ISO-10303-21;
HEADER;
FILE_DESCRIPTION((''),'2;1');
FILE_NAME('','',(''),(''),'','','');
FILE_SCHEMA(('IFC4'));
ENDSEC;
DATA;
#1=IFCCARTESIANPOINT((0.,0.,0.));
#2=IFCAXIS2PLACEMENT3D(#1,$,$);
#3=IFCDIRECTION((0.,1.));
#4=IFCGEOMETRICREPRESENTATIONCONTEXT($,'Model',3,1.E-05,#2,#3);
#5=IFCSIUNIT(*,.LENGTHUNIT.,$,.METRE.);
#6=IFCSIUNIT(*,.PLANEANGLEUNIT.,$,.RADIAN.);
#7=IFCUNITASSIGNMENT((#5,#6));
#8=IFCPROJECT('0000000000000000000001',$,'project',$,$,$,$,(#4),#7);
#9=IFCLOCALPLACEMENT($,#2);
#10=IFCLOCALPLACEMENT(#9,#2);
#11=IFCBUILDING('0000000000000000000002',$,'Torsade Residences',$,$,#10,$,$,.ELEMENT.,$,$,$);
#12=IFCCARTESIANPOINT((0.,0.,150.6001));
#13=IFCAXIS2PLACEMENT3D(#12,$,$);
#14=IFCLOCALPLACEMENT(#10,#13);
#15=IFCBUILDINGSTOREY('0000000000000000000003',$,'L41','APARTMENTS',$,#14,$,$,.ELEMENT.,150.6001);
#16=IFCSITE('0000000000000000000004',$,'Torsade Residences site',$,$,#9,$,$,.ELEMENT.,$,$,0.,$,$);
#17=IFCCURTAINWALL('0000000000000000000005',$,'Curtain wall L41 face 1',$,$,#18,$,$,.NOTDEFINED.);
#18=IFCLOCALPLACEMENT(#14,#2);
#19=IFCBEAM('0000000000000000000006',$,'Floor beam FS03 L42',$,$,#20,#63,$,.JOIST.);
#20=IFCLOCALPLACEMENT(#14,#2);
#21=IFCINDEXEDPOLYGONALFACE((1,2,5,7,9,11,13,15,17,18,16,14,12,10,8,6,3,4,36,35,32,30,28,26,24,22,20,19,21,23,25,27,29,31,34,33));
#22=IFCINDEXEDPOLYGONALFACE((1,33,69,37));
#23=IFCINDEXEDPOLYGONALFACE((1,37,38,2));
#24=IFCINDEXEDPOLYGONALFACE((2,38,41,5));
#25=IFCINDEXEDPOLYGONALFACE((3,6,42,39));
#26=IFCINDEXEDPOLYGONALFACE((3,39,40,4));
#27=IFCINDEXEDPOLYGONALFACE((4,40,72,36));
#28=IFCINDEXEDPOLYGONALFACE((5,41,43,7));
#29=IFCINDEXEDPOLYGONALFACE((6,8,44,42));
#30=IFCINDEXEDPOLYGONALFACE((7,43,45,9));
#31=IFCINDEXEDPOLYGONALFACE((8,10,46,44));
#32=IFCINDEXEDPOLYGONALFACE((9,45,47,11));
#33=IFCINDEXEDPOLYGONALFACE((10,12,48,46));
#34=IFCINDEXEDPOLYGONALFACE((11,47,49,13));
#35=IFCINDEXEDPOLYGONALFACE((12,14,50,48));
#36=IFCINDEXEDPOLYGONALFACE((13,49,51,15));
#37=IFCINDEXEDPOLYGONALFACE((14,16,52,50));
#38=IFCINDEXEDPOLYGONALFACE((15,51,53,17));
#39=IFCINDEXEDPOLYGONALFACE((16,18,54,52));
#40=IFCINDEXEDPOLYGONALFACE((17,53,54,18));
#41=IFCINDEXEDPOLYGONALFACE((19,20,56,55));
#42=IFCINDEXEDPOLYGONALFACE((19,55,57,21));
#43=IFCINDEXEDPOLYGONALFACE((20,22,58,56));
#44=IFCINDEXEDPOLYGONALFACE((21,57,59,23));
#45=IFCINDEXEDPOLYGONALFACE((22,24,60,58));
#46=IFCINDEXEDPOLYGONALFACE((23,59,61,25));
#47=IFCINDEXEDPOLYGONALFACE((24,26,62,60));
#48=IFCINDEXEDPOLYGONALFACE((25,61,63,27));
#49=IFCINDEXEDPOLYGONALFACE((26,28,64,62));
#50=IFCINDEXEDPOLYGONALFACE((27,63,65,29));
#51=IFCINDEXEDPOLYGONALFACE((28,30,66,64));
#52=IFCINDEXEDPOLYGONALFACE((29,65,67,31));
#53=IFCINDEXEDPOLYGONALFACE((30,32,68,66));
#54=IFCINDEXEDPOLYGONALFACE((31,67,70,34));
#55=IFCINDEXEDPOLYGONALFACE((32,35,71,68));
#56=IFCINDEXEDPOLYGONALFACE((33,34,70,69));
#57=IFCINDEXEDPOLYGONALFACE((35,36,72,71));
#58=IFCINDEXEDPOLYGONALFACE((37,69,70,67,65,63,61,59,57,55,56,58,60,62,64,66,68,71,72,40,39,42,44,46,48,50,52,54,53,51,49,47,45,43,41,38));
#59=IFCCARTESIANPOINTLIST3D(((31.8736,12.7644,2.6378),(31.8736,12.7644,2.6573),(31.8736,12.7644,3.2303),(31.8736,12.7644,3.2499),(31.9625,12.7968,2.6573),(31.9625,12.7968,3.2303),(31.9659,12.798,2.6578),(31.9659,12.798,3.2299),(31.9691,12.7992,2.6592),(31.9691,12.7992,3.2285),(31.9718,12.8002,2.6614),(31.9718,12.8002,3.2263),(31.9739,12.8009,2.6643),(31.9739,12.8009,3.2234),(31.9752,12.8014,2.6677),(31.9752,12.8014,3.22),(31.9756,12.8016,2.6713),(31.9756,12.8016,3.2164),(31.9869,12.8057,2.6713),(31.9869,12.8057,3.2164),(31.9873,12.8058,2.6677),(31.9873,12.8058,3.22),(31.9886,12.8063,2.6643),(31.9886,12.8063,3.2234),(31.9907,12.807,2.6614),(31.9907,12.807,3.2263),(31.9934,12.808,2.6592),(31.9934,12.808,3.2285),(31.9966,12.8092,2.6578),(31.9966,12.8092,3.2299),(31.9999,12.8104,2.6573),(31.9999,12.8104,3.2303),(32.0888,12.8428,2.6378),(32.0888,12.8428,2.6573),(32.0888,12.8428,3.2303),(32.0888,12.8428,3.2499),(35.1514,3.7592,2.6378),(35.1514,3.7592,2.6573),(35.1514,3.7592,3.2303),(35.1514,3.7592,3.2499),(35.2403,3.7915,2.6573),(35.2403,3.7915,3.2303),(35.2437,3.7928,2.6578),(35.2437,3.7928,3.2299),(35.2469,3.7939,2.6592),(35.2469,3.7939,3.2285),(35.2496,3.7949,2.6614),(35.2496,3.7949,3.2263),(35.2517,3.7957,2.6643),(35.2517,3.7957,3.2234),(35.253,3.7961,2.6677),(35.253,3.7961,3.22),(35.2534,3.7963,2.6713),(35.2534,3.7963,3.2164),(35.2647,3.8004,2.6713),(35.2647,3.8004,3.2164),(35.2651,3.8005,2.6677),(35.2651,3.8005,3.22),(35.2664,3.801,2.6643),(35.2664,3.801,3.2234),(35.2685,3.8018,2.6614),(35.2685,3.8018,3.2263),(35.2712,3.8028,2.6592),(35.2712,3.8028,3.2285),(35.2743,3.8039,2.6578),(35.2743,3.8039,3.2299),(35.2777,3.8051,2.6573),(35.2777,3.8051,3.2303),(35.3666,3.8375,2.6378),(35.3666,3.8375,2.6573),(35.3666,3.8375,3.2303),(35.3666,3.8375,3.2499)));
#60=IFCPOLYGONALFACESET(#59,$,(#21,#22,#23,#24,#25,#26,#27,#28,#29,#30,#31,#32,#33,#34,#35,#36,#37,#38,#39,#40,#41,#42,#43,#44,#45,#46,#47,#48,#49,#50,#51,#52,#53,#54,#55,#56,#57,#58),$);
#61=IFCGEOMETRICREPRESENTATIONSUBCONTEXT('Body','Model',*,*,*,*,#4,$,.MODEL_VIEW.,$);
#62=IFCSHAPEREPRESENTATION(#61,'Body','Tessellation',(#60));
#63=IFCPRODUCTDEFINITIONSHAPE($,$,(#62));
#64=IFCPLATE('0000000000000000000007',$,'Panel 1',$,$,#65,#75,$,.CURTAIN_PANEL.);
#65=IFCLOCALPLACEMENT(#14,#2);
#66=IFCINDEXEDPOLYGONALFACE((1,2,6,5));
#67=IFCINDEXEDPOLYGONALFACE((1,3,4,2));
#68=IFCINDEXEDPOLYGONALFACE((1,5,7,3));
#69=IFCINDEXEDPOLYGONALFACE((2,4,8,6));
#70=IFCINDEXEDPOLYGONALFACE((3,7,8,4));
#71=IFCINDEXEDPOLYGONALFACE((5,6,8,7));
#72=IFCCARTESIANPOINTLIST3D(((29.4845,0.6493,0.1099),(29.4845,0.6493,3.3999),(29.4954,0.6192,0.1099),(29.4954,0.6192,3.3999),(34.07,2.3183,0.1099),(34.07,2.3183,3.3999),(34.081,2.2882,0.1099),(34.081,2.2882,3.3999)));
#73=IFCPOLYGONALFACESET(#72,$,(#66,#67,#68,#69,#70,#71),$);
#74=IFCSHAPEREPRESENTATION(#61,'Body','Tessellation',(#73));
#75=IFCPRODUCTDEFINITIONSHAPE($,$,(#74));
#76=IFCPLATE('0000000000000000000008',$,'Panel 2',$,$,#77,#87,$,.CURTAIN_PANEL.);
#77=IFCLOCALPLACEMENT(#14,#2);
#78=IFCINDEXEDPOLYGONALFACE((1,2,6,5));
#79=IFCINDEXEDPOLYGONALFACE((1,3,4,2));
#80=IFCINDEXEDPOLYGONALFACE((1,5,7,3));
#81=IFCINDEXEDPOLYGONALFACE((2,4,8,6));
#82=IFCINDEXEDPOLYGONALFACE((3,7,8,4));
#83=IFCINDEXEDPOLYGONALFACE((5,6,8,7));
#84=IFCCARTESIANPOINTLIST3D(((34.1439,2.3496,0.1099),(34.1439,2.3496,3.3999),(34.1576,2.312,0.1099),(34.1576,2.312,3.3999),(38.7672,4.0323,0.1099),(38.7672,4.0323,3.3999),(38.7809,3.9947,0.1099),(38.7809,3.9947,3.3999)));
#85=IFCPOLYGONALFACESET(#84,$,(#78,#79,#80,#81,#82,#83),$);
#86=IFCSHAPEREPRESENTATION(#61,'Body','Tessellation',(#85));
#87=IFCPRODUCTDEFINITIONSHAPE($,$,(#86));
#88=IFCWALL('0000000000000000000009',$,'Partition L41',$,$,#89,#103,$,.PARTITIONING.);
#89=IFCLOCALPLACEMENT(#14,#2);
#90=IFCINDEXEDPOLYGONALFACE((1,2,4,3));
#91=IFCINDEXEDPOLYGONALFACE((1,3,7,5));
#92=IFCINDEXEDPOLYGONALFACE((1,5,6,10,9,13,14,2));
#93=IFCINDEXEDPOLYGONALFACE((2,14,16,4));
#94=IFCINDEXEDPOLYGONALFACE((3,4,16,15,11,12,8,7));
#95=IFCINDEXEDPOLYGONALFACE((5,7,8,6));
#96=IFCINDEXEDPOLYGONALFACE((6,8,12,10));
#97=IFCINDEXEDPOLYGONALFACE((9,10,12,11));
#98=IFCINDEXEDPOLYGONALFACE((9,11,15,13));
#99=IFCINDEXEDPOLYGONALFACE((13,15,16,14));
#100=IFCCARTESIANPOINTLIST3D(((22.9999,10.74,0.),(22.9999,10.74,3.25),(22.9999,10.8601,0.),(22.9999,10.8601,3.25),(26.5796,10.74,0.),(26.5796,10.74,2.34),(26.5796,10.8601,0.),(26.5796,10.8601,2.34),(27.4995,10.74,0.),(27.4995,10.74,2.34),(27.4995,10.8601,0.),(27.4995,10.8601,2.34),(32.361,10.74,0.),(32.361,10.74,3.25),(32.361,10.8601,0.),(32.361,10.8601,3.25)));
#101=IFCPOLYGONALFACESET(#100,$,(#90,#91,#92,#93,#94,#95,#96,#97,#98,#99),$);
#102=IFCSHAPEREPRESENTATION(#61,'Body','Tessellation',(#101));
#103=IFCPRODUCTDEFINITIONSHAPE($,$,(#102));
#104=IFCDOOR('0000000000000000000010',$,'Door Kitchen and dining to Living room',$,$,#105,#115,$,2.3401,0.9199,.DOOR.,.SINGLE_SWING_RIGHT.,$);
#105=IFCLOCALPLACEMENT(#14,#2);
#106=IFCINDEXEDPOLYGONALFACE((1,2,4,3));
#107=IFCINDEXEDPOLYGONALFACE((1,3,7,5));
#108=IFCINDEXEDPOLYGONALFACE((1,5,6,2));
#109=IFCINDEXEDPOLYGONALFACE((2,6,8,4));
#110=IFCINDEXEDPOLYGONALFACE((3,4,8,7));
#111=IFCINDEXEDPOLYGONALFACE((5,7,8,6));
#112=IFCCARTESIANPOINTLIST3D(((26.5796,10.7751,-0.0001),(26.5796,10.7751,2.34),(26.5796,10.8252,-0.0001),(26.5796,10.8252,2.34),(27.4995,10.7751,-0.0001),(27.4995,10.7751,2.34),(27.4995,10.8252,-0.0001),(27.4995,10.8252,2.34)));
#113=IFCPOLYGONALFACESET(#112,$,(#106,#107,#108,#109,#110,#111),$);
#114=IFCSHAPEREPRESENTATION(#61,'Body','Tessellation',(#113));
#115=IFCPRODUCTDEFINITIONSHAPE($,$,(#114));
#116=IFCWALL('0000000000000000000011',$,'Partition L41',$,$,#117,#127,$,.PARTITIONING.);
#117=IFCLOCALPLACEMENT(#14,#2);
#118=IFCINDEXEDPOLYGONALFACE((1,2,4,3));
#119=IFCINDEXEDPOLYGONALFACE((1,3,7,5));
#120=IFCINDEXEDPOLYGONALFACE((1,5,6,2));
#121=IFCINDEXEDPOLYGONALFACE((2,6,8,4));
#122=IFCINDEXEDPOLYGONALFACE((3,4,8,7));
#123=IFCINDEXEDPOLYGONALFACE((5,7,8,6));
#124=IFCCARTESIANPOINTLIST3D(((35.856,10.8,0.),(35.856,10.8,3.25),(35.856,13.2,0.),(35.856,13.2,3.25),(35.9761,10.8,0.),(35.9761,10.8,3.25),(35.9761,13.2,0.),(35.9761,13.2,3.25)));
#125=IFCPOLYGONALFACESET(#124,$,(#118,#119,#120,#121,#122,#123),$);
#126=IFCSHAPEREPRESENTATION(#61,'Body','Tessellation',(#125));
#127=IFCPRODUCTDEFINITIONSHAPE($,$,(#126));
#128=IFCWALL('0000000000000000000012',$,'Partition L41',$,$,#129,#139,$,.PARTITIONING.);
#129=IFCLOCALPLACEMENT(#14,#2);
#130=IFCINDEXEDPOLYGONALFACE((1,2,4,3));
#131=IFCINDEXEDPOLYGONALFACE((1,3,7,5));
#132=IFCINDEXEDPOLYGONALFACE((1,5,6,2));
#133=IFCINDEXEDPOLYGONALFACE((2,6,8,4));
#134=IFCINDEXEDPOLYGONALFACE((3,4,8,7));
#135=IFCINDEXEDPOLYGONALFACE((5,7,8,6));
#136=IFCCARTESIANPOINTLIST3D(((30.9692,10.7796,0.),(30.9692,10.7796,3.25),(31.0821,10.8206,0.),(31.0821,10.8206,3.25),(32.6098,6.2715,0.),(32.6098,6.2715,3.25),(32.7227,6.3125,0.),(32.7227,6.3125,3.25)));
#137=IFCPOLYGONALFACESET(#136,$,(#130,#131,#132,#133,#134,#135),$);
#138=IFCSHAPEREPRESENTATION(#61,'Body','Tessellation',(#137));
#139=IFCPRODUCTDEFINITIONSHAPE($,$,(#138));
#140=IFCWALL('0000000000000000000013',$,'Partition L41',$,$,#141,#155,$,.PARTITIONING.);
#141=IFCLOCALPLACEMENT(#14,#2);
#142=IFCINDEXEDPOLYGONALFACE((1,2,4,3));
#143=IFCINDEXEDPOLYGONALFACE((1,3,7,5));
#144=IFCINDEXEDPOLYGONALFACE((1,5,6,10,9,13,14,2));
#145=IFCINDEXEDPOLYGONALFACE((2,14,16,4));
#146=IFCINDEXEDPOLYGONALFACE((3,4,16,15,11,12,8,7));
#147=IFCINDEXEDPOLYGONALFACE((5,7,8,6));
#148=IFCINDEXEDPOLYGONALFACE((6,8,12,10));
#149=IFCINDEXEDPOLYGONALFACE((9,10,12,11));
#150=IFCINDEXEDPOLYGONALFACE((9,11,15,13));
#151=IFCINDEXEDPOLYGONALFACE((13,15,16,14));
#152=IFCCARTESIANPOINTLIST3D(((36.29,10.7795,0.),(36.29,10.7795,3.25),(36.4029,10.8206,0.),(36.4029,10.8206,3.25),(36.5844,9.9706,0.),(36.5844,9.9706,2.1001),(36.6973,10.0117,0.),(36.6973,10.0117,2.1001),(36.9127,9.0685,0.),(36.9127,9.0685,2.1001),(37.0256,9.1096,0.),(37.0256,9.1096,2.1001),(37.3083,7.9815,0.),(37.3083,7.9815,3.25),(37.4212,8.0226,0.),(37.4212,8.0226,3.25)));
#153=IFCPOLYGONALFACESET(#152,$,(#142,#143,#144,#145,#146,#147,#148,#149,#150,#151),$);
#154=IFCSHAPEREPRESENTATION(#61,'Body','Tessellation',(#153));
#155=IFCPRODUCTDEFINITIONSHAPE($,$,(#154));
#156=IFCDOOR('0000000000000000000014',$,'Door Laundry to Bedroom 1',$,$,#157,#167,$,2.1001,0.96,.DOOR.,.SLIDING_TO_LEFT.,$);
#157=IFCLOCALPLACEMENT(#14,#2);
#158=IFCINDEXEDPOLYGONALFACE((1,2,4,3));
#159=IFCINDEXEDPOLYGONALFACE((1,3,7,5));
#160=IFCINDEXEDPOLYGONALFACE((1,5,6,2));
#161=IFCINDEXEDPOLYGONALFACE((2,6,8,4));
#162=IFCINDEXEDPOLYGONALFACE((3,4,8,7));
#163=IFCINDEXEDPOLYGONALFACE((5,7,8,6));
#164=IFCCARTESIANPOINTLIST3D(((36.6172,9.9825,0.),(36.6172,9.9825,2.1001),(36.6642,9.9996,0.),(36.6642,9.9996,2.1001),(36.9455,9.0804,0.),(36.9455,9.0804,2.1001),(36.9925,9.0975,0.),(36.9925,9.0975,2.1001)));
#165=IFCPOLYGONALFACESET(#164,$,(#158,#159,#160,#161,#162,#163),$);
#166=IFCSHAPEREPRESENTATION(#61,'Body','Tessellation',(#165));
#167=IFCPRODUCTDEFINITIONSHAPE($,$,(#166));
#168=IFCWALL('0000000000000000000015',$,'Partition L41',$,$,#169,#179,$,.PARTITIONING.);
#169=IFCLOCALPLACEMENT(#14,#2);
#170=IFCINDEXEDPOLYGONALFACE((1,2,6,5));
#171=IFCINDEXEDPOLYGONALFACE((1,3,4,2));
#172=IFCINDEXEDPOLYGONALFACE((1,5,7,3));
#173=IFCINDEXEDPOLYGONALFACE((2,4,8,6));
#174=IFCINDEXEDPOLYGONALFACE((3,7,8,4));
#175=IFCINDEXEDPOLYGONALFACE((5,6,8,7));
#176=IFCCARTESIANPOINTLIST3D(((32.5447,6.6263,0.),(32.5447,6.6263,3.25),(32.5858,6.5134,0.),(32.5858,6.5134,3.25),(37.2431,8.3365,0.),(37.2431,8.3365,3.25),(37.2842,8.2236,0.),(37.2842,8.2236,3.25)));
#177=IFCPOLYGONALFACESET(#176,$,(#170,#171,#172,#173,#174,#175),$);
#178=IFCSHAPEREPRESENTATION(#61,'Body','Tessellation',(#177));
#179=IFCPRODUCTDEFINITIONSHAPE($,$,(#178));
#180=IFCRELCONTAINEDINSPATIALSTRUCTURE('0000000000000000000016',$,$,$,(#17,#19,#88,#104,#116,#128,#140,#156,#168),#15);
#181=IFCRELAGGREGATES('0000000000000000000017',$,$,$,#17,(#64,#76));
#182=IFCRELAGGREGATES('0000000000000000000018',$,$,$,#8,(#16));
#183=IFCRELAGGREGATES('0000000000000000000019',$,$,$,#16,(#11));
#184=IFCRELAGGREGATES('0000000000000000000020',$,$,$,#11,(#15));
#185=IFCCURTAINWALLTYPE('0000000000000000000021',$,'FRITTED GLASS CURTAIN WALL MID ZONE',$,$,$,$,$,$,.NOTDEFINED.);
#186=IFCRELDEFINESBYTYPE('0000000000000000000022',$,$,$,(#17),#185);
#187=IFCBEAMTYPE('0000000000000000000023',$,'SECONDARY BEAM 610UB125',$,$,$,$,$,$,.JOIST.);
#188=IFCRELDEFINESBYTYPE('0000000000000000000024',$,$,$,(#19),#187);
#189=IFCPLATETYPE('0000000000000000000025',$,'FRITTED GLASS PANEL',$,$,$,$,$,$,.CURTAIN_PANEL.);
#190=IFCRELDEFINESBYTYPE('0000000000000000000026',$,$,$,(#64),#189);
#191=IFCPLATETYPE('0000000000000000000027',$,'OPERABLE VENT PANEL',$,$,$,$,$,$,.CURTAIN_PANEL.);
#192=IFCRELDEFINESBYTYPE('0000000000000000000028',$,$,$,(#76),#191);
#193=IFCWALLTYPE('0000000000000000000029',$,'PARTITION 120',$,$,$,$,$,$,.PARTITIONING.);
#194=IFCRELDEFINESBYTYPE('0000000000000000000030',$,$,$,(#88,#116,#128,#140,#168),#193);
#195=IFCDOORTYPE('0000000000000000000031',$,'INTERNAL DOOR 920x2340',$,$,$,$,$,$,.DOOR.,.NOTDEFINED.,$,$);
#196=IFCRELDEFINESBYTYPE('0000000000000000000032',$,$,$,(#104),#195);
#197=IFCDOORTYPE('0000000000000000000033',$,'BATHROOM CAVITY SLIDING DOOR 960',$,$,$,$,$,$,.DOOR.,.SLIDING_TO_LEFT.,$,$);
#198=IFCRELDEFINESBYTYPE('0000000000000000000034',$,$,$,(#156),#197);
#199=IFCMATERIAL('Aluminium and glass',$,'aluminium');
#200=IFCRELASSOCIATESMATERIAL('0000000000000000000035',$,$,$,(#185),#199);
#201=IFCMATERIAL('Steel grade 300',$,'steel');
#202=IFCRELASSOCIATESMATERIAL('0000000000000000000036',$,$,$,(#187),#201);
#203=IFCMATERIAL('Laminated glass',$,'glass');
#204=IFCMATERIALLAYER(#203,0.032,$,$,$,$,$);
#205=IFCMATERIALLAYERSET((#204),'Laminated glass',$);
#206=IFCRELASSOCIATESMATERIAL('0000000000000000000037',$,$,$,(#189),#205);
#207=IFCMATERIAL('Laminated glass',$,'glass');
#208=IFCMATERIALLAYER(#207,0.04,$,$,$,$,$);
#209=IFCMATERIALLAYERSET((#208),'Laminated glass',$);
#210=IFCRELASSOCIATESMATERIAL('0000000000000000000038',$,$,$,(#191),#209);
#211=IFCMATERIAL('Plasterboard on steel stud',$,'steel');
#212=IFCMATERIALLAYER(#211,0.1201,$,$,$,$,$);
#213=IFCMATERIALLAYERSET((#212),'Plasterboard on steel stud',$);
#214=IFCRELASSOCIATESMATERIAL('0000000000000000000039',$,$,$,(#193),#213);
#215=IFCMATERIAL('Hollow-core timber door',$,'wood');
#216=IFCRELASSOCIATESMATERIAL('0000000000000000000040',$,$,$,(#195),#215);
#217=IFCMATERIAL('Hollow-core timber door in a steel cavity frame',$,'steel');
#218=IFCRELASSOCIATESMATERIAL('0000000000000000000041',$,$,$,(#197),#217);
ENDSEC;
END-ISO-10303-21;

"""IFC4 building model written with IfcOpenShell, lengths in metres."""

from ifc_helpers import new_model, si_unit, direction, frame, frame_2d, origin, origin_2d, place, context, subcontext, project, spatial, rectangle, i_section, extrude, material, layer, layer_set, material_profile, profile_set, type_object, element, fill, aggregate, save


model = new_model("IFC4")

# Units and contexts
model_context = context("Model", 3, precision=1e-05, world=origin(), true_north=direction((0.0, 1.0)))
body_context = subcontext(model_context, "Body", "Model", "MODEL_VIEW")
ifc_project = project(units=[si_unit("LENGTHUNIT", "METRE"), si_unit("PLANEANGLEUNIT", "RADIAN")], contexts=[model_context])

# Site, building, storey
site_placement = place(None, origin())
site = spatial("IfcSite", under=ifc_project, at=site_placement, Name="Torsade Residences site", CompositionType="ELEMENT", RefElevation=0.0)
building_placement = place(site_placement, origin())
building = spatial("IfcBuilding", under=site, at=building_placement, Name="Torsade Residences", CompositionType="ELEMENT")
storey_placement = place(building_placement, frame((0.0, 0.0, 150.6001)))
storey = spatial("IfcBuildingStorey", under=building, at=storey_placement, Name="L41", Description="APARTMENTS", CompositionType="ELEMENT", Elevation=150.6001)

# Curtain wall
ifc_material_1 = material(Name="Aluminium and glass", Category="aluminium")
curtain_wall_type = type_object("IfcCurtainWallType", Name="FRITTED GLASS CURTAIN WALL MID ZONE", PredefinedType="NOTDEFINED", material=ifc_material_1)
curtain_wall_placement = place(storey_placement, origin())
curtain_wall = element("IfcCurtainWall", 1, at=curtain_wall_placement, inside=storey, type_object=curtain_wall_type, Name="Curtain wall L41 face 1", PredefinedType="NOTDEFINED")

# Beam
ifc_material_2 = material(Name="Steel grade 300", Category="steel")
ifc_material_profile_1 = material_profile(ifc_material_2, i_section(OverallWidth=0.229, OverallDepth=0.6121, WebThickness=0.012, FlangeThickness=0.0195, FilletRadius=0.0139, at=origin_2d()), Name="610UB125")
ifc_profile_set_1 = profile_set([ifc_material_profile_1], Name="Steel grade 300")
beam_type_1 = type_object("IfcBeamType", Name="SECONDARY BEAM 610UB125", PredefinedType="JOIST", material=ifc_profile_set_1)
beam_1_placement = place(storey_placement, frame((35.259, 3.7983, 2.9438), z_axis=(-0.342034, 0.939688, 0.0), x_axis=(-0.939688, -0.342034, 0.0)))
element("IfcBeam", 2, at=beam_1_placement, inside=storey, type_object=beam_type_1, Name="Floor beam FS03 L42", PredefinedType="JOIST", context=body_context, shape_type="SweptSolid", body=[
    extrude(i_section(OverallWidth=0.229, OverallDepth=0.6121, WebThickness=0.012, FlangeThickness=0.0195, FilletRadius=0.0139, at=origin_2d()), origin(), (0.0, 0.0, 1.0), 9.5833),
])

# Plates
ifc_material_3 = material(Name="Laminated glass", Category="glass")
ifc_layer_1 = layer(ifc_material_3, 0.032)
ifc_layer_set_1 = layer_set([ifc_layer_1], Name="Laminated glass")
plate_type_1 = type_object("IfcPlateType", Name="FRITTED GLASS PANEL", PredefinedType="CURTAIN_PANEL", material=ifc_layer_set_1)
plate_1_placement = place(storey_placement, frame((31.7827, 1.4688, 0.1099), z_axis=(0.0, 0.0, 1.0), x_axis=(0.939693, 0.34202, 0.0)))
plate_1 = element("IfcPlate", 3, at=plate_1_placement, type_object=plate_type_1, Name="Panel 1", PredefinedType="CURTAIN_PANEL", context=body_context, shape_type="SweptSolid", body=[
    extrude(rectangle(XDim=4.8799, YDim=0.032, at=origin_2d()), origin(), (0.0, 0.0, 1.0), 3.29),
])
ifc_material_4 = material(Name="Laminated glass", Category="glass")
ifc_layer_2 = layer(ifc_material_4, 0.04)
ifc_layer_set_2 = layer_set([ifc_layer_2], Name="Laminated glass")
plate_type_2 = type_object("IfcPlateType", Name="OPERABLE VENT PANEL", PredefinedType="CURTAIN_PANEL", material=ifc_layer_set_2)
plate_2_placement = place(storey_placement, frame((36.4624, 3.1721, 0.1099), z_axis=(0.0, 0.0, 1.0), x_axis=(0.939693, 0.34202, 0.0)))
plate_2 = element("IfcPlate", 4, at=plate_2_placement, type_object=plate_type_2, Name="Panel 2", PredefinedType="CURTAIN_PANEL", context=body_context, shape_type="SweptSolid", body=[
    extrude(rectangle(XDim=4.9199, YDim=0.04, at=origin_2d()), origin(), (0.0, 0.0, 1.0), 3.29),
])
aggregate(curtain_wall, [plate_1, plate_2])

# Wall, opening, door
ifc_material_5 = material(Name="Plasterboard on steel stud", Category="steel")
ifc_layer_3 = layer(ifc_material_5, 0.1201)
ifc_layer_set_3 = layer_set([ifc_layer_3], Name="Plasterboard on steel stud")
wall_type_1 = type_object("IfcWallType", Name="PARTITION 120", PredefinedType="PARTITIONING", material=ifc_layer_set_3)
wall_1_placement = place(storey_placement, frame((32.3611, 10.8, 0.0), z_axis=(0.0, 0.0, 1.0), x_axis=(-1.0, 0.0, 0.0)))
wall_1 = element("IfcWall", 5, at=wall_1_placement, inside=storey, type_object=wall_type_1, Name="Partition L41", PredefinedType="PARTITIONING", context=body_context, shape_type="SweptSolid", body=[
    extrude(rectangle(XDim=9.3611, YDim=0.1201, at=frame_2d((4.6807, 0.0))), origin(), (0.0, 0.0, 1.0), 3.25),
])
opening_1_placement = place(wall_1_placement, frame((4.8616, 0.0, 0.0)))
opening_1 = element("IfcOpeningElement", 6, at=opening_1_placement, cuts=wall_1, PredefinedType="OPENING", context=body_context, shape_type="SweptSolid", body=[
    extrude(rectangle(XDim=0.9199, YDim=2.3401, at=frame_2d((0.46, 1.1699))), frame((0.0, 0.0701, 0.0), z_axis=(0.0, -1.0, 0.0), x_axis=(1.0, 0.0, 0.0)), (0.0, 0.0, 1.0), 0.1401),
])
ifc_material_6 = material(Name="Hollow-core timber door", Category="wood")
door_type_1 = type_object("IfcDoorType", Name="INTERNAL DOOR 920x2340", OperationType="NOTDEFINED", PredefinedType="DOOR", material=ifc_material_6)
door_1_placement = place(opening_1_placement, origin())
door_1 = element("IfcDoor", 7, at=door_1_placement, inside=storey, type_object=door_type_1, Name="Door Kitchen and dining to Living room", OperationType="SINGLE_SWING_RIGHT", OverallHeight=2.3401, OverallWidth=0.9199, PredefinedType="DOOR", context=body_context, shape_type="SweptSolid", body=[
    extrude(rectangle(XDim=0.9199, YDim=2.3401, at=frame_2d((0.46, 1.1699))), frame((0.0, 0.0249, 0.0), z_axis=(0.0, -1.0, 0.0), x_axis=(1.0, 0.0, 0.0)), (0.0, 0.0, 1.0), 0.05),
])
fill(opening_1, door_1)

# Walls
wall_2_placement = place(storey_placement, frame((35.916, 10.8, 0.0), z_axis=(0.0, 0.0, 1.0), x_axis=(0.0, 1.0, 0.0)))
element("IfcWall", 8, at=wall_2_placement, inside=storey, type_object=wall_type_1, Name="Partition L41", PredefinedType="PARTITIONING", context=body_context, shape_type="SweptSolid", body=[
    extrude(rectangle(XDim=2.3999, YDim=0.1201, at=frame_2d((1.2, 0.0))), origin(), (0.0, 0.0, 1.0), 3.25),
])
wall_3_placement = place(storey_placement, frame((32.6663, 6.292, 0.0), z_axis=(0.0, 0.0, 1.0), x_axis=(-0.341988, 0.939704, 0.0)))
element("IfcWall", 9, at=wall_3_placement, inside=storey, type_object=wall_type_1, Name="Partition L41", PredefinedType="PARTITIONING", context=body_context, shape_type="SweptSolid", body=[
    extrude(rectangle(XDim=4.7974, YDim=0.1201, at=frame_2d((2.3987, 0.0))), origin(), (0.0, 0.0, 1.0), 3.25),
])

# Wall, opening, door
wall_4_placement = place(storey_placement, frame((36.3464, 10.8, 0.0), z_axis=(0.0, 0.0, 1.0), x_axis=(0.341987, -0.939705, 0.0)))
wall_4 = element("IfcWall", 10, at=wall_4_placement, inside=storey, type_object=wall_type_1, Name="Partition L41", PredefinedType="PARTITIONING", context=body_context, shape_type="SweptSolid", body=[
    extrude(rectangle(XDim=2.9775, YDim=0.1201, at=frame_2d((1.4888, 0.0))), origin(), (0.0, 0.0, 1.0), 3.25),
])
opening_2_placement = place(wall_4_placement, frame((0.8608, 0.0, 0.0)))
opening_2 = element("IfcOpeningElement", 11, at=opening_2_placement, cuts=wall_4, PredefinedType="OPENING", context=body_context, shape_type="SweptSolid", body=[
    extrude(rectangle(XDim=0.96, YDim=2.1001, at=frame_2d((0.48, 1.05))), frame((0.0, 0.0701, 0.0), z_axis=(0.0, -1.0, 0.0), x_axis=(1.0, 0.0, 0.0)), (0.0, 0.0, 1.0), 0.1401),
])
ifc_material_7 = material(Name="Hollow-core timber door in a steel cavity frame", Category="steel")
door_type_2 = type_object("IfcDoorType", Name="BATHROOM CAVITY SLIDING DOOR 960", OperationType="SLIDING_TO_LEFT", PredefinedType="DOOR", material=ifc_material_7)
door_2_placement = place(opening_2_placement, origin())
door_2 = element("IfcDoor", 12, at=door_2_placement, inside=storey, type_object=door_type_2, Name="Door Laundry to Bedroom 1", OperationType="SLIDING_TO_LEFT", OverallHeight=2.1001, OverallWidth=0.96, PredefinedType="DOOR", context=body_context, shape_type="SweptSolid", body=[
    extrude(rectangle(XDim=0.96, YDim=2.1001, at=frame_2d((0.48, 1.05))), frame((0.0, 0.0249, 0.0), z_axis=(0.0, -1.0, 0.0), x_axis=(1.0, 0.0, 0.0)), (0.0, 0.0, 1.0), 0.05),
])
fill(opening_2, door_2)

# Wall
wall_5_placement = place(storey_placement, frame((37.2637, 8.28, 0.0), z_axis=(0.0, 0.0, 1.0), x_axis=(-0.939686, -0.342037, 0.0)))
element("IfcWall", 13, at=wall_5_placement, inside=storey, type_object=wall_type_1, Name="Partition L41", PredefinedType="PARTITIONING", context=body_context, shape_type="SweptSolid", body=[
    extrude(rectangle(XDim=5.0, YDim=0.1201, at=frame_2d((2.5, 0.0))), origin(), (0.0, 0.0, 1.0), 3.25),
])

save(model, "model.ifc")
